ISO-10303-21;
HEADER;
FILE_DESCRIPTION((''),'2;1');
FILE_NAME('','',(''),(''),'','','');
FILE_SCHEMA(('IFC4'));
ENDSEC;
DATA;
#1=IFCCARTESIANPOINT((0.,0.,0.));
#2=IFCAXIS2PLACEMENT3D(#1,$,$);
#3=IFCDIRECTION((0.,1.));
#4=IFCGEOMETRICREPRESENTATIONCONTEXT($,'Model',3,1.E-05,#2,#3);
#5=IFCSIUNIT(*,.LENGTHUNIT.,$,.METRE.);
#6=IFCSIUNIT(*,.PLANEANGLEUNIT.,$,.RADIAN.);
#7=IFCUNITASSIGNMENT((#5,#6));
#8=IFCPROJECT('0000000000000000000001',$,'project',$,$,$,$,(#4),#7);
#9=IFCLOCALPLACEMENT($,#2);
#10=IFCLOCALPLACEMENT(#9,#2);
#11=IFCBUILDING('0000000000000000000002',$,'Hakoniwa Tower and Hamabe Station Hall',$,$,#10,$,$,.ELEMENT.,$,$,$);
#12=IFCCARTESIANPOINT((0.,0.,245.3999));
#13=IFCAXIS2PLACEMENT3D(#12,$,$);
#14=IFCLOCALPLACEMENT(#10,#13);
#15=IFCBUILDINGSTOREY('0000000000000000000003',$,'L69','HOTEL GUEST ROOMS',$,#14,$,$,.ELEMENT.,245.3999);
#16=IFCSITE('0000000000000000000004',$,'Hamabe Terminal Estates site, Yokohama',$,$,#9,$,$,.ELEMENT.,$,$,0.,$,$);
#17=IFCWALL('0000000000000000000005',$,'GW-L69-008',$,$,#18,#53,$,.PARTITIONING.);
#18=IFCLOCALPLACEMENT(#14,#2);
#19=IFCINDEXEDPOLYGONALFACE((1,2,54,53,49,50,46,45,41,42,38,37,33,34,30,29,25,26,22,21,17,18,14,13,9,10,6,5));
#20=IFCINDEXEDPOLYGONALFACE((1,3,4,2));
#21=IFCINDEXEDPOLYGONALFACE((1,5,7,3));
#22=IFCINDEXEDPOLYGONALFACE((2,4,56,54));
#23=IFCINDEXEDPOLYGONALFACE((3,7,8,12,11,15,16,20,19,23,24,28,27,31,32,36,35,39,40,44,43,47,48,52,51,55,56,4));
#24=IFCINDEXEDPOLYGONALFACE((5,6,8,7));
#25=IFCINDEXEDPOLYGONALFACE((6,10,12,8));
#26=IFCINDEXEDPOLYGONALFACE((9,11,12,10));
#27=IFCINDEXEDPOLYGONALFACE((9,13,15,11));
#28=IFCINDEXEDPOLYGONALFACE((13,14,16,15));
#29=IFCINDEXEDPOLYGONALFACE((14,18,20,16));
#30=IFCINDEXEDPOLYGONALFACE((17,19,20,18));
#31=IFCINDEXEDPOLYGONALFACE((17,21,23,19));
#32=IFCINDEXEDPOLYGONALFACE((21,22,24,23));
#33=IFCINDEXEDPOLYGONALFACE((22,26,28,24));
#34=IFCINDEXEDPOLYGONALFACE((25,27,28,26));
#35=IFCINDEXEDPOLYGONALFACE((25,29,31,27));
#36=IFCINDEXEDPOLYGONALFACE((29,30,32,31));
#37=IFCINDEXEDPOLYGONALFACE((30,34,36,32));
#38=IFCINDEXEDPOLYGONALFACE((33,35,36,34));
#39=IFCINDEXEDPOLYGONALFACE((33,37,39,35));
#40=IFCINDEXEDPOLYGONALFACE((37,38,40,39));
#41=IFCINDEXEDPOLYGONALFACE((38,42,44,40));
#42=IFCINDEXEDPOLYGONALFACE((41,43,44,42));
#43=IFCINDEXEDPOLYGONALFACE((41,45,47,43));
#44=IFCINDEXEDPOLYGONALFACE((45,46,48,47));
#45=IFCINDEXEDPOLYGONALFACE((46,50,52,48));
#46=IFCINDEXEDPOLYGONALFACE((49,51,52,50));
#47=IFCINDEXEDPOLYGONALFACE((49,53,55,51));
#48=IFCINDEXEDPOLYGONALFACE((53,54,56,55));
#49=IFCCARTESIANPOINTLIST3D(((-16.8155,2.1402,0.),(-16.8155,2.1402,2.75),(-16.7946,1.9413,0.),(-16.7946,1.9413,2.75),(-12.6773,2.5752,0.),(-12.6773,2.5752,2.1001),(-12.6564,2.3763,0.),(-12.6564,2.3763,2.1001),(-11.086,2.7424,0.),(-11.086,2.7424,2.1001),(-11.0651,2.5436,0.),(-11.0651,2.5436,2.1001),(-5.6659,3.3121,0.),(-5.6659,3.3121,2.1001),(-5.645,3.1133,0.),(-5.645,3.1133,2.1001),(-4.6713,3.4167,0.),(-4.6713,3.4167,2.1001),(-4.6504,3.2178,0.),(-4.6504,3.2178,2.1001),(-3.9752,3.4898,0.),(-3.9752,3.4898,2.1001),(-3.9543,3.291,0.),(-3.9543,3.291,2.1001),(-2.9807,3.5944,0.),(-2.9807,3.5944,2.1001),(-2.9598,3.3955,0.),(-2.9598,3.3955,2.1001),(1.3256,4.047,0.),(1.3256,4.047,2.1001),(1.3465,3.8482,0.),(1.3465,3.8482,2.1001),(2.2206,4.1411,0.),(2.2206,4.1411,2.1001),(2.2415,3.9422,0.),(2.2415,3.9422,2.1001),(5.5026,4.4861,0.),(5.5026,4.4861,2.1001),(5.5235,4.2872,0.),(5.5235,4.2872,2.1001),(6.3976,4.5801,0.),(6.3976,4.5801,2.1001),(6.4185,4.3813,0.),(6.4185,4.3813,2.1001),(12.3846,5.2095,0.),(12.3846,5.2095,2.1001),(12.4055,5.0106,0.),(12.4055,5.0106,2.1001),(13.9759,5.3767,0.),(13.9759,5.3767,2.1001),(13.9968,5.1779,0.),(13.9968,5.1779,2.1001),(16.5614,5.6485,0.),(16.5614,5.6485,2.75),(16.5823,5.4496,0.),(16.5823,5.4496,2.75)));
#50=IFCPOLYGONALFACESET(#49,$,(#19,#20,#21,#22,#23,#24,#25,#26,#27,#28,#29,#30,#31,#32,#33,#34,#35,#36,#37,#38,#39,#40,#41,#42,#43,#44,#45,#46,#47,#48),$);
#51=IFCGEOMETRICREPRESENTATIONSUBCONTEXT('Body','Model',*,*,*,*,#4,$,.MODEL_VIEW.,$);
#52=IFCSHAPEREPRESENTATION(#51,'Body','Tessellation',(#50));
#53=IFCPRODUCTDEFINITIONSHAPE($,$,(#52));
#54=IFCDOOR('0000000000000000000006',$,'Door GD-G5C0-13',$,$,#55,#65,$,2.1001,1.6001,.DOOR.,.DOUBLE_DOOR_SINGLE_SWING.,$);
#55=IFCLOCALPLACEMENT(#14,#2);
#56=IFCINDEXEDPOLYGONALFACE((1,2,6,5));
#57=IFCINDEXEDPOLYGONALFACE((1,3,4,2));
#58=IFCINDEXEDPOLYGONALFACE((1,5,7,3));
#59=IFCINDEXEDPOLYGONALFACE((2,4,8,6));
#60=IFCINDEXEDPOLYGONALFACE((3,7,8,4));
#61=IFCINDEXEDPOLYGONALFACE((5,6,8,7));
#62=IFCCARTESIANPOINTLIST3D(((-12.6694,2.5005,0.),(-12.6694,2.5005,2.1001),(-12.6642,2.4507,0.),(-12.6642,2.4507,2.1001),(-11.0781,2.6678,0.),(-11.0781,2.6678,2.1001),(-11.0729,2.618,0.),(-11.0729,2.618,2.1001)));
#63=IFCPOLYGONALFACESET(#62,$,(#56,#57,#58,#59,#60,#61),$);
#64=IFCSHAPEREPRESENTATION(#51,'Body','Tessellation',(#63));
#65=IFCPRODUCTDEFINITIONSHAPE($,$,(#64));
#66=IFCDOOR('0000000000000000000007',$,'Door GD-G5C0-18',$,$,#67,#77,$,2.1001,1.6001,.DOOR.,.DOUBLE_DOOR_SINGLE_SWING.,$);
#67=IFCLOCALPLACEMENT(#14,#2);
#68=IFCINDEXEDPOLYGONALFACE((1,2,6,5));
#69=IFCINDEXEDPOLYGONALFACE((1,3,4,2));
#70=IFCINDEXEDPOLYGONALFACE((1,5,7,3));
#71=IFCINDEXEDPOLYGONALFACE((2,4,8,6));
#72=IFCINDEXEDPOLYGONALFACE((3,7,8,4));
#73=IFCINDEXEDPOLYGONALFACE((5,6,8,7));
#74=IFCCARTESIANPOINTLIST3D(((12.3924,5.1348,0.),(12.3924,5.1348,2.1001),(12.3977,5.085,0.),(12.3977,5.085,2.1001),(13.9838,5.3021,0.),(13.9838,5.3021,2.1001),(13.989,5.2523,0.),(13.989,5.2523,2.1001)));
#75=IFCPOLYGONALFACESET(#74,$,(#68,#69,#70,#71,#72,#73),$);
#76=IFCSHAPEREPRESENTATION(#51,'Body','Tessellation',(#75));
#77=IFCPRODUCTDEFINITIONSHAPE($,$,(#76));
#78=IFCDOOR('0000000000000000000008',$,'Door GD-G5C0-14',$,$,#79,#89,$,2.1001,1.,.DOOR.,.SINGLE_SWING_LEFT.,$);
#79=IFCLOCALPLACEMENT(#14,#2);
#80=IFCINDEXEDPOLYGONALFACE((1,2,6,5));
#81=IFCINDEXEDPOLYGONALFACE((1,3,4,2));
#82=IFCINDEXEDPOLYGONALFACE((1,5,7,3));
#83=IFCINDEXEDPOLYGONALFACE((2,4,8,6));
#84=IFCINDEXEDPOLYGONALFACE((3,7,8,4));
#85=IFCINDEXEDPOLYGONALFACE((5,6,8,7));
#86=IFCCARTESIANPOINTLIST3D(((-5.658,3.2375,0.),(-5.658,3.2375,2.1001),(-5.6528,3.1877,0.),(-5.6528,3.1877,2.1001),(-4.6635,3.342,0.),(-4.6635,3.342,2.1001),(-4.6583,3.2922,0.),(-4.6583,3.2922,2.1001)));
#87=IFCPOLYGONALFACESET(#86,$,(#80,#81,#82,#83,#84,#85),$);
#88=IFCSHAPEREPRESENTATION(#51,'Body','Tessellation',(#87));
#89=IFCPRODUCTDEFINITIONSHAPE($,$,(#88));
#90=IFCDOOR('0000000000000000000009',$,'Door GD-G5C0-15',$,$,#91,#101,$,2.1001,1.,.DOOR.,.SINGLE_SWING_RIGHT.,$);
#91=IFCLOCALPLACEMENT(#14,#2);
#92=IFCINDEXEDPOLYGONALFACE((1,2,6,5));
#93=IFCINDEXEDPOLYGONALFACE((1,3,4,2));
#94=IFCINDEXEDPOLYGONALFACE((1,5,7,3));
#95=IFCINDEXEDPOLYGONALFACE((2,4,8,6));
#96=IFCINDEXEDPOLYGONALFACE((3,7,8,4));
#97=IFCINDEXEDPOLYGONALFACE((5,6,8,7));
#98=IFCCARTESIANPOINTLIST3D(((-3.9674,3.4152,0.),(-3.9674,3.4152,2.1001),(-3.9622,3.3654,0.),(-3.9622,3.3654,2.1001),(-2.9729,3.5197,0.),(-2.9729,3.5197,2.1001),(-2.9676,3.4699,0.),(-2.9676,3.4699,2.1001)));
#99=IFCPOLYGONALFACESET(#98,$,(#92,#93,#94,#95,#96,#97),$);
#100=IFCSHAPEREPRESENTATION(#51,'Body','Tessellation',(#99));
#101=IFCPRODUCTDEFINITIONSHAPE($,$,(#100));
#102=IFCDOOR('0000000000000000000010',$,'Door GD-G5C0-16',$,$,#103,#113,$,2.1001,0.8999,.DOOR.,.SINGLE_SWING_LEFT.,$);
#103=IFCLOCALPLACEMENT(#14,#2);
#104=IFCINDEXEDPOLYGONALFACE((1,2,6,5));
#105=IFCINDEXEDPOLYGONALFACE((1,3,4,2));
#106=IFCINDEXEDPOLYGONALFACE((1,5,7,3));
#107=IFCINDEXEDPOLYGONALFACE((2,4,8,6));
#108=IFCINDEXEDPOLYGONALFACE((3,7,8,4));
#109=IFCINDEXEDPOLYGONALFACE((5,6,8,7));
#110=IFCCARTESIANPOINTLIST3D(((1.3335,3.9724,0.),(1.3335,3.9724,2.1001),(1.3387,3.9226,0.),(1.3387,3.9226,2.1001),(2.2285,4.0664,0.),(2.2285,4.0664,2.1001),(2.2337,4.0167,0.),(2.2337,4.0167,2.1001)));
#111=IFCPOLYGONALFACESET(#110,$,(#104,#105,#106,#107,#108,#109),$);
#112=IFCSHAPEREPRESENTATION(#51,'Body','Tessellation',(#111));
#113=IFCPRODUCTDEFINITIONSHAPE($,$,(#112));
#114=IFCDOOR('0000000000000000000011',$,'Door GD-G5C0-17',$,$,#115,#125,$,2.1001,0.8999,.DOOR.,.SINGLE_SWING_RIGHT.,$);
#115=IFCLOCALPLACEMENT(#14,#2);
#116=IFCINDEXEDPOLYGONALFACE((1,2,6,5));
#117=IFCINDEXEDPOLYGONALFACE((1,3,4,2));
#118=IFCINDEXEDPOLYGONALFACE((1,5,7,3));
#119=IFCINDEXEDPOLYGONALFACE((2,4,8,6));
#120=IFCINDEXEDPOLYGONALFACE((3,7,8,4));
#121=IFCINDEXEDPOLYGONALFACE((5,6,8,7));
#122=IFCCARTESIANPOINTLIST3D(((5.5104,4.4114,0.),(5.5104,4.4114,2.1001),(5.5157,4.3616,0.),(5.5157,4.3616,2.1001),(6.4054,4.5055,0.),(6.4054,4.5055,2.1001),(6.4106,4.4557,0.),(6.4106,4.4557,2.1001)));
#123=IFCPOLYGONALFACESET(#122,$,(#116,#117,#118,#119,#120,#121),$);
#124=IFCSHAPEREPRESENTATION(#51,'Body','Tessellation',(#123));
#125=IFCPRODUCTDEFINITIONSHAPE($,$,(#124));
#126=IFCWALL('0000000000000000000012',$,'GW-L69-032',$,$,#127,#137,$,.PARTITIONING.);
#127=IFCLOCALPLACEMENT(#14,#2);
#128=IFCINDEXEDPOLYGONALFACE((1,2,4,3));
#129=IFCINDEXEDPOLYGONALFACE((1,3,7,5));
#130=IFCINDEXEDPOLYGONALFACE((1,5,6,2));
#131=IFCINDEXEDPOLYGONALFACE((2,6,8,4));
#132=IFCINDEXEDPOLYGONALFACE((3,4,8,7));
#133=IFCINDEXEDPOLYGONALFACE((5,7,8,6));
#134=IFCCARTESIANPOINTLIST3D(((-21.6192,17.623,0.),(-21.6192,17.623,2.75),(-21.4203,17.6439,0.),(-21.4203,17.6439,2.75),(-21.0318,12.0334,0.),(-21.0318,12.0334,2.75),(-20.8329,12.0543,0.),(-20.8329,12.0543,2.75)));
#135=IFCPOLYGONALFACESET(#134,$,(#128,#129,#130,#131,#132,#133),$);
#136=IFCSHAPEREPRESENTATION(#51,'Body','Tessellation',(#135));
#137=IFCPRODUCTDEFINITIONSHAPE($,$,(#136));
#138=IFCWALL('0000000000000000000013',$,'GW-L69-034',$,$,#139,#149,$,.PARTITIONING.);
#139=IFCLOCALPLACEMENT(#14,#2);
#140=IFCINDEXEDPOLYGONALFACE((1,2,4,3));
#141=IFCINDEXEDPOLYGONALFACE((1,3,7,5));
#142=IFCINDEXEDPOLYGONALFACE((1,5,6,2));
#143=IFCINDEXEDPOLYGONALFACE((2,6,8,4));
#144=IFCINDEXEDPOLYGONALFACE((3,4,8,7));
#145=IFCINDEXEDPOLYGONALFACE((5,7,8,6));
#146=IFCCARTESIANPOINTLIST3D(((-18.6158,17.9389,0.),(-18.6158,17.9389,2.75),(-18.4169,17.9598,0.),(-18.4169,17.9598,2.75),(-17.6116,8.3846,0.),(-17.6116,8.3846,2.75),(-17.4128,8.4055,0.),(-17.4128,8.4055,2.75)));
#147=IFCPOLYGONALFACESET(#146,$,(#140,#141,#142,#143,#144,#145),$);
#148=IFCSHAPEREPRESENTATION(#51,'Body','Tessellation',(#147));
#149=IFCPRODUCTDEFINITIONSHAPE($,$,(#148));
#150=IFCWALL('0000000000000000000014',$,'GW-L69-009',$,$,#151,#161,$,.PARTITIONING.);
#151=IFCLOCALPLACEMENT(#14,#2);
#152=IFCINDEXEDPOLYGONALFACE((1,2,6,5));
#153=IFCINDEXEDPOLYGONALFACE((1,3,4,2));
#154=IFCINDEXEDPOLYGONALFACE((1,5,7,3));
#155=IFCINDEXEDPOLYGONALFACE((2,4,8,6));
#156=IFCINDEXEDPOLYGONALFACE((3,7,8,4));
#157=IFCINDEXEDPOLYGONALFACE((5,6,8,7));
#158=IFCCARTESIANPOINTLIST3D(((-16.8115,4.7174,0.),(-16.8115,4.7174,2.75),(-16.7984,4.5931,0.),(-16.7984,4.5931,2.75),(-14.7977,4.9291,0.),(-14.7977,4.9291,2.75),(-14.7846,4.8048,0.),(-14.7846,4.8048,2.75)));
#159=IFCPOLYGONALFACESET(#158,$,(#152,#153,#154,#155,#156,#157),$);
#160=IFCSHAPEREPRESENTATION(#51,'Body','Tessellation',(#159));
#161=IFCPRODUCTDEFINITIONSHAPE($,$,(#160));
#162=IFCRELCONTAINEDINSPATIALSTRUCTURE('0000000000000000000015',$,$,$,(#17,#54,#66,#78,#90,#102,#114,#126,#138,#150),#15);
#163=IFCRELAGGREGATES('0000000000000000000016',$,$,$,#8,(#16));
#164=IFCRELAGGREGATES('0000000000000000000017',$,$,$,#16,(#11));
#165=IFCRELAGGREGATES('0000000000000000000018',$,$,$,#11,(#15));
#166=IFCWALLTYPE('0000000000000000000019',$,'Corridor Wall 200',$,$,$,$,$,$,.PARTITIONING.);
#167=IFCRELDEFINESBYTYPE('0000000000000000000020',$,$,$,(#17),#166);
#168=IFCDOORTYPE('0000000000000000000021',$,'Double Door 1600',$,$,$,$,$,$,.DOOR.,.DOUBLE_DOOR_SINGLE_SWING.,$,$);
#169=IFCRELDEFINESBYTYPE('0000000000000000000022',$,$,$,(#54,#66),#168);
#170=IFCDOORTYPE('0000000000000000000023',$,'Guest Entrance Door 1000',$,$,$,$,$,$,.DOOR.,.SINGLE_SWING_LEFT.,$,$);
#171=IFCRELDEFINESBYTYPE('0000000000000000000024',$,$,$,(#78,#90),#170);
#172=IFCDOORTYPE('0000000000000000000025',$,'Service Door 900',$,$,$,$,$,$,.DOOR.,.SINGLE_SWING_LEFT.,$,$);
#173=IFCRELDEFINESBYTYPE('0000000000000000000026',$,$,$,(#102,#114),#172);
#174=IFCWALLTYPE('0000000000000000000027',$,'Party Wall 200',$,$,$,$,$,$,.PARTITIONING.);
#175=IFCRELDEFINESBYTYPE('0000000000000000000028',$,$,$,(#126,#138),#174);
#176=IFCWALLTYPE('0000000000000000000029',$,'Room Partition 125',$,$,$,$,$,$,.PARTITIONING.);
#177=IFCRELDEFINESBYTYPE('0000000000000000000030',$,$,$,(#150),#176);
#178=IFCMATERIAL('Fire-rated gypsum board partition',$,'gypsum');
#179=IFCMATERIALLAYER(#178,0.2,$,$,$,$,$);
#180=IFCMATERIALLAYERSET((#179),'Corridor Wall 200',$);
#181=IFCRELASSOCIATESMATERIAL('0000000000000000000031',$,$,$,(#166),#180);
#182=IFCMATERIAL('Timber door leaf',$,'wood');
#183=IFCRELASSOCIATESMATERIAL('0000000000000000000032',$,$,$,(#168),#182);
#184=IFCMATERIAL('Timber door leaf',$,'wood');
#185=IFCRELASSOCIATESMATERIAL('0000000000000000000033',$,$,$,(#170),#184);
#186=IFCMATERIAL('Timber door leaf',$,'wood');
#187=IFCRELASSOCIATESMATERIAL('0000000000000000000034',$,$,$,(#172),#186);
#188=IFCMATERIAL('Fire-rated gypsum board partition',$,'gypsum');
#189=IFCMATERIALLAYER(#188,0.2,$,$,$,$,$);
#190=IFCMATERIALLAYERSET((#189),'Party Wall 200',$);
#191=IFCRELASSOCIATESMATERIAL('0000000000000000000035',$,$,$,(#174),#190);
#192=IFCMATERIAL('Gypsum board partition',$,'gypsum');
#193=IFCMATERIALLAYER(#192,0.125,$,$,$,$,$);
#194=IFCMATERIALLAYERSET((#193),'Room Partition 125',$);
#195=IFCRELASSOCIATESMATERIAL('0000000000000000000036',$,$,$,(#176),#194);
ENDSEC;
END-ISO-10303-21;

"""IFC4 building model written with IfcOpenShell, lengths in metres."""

from ifc_helpers import new_model, si_unit, direction, frame, frame_2d, origin, place, context, subcontext, project, spatial, rectangle, extrude, material, layer, layer_set, type_object, element, fill, save


model = new_model("IFC4")

# Units and contexts
model_context = context("Model", 3, precision=1e-05, world=origin(), true_north=direction((0.0, 1.0)))
body_context = subcontext(model_context, "Body", "Model", "MODEL_VIEW")
ifc_project = project(units=[si_unit("LENGTHUNIT", "METRE"), si_unit("PLANEANGLEUNIT", "RADIAN")], contexts=[model_context])

# Site, building, storey
site_placement = place(None, origin())
site = spatial("IfcSite", under=ifc_project, at=site_placement, Name="Hamabe Terminal Estates site, Yokohama", CompositionType="ELEMENT", RefElevation=0.0)
building_placement = place(site_placement, origin())
building = spatial("IfcBuilding", under=site, at=building_placement, Name="Hakoniwa Tower and Hamabe Station Hall", CompositionType="ELEMENT")
storey_placement = place(building_placement, frame((0.0, 0.0, 245.3999)))
storey = spatial("IfcBuildingStorey", under=building, at=storey_placement, Name="L69", Description="HOTEL GUEST ROOMS", CompositionType="ELEMENT", Elevation=245.3999)

# Wall, openings, doors
ifc_material_1 = material(Name="Fire-rated gypsum board partition", Category="gypsum")
ifc_layer_1 = layer(ifc_material_1, 0.2)
ifc_layer_set_1 = layer_set([ifc_layer_1], Name="Corridor Wall 200")
wall_type_1 = type_object("IfcWallType", Name="Corridor Wall 200", PredefinedType="PARTITIONING", material=ifc_layer_set_1)
wall_1_placement = place(storey_placement, frame((-16.8049, 2.0408, 0.0), z_axis=(0.0, 0.0, 1.0), x_axis=(0.994521, 0.104536, 0.0)))
wall_1 = element("IfcWall", 1, at=wall_1_placement, inside=storey, type_object=wall_type_1, Name="GW-L69-008", PredefinedType="PARTITIONING", context=body_context, shape_type="SweptSolid", body=[
    extrude(rectangle(XDim=33.5608, YDim=0.2, at=frame_2d((16.7803, 0.0))), origin(), (0.0, 0.0, 1.0), 2.75),
])
opening_1_placement = place(wall_1_placement, frame((4.1609, 0.0, 0.0)))
opening_1 = element("IfcOpeningElement", 2, at=opening_1_placement, cuts=wall_1, PredefinedType="OPENING", context=body_context, shape_type="SweptSolid", body=[
    extrude(rectangle(XDim=1.6001, YDim=2.1001, at=frame_2d((0.8, 1.05))), frame((0.0, 0.1099, 0.0), z_axis=(0.0, -1.0, 0.0), x_axis=(1.0, 0.0, 0.0)), (0.0, 0.0, 1.0), 0.22),
])
opening_2_placement = place(wall_1_placement, frame((11.2109, 0.0, 0.0)))
opening_2 = element("IfcOpeningElement", 3, at=opening_2_placement, cuts=wall_1, PredefinedType="OPENING", context=body_context, shape_type="SweptSolid", body=[
    extrude(rectangle(XDim=1.0, YDim=2.1001, at=frame_2d((0.5, 1.05))), frame((0.0, 0.1099, 0.0), z_axis=(0.0, -1.0, 0.0), x_axis=(1.0, 0.0, 0.0)), (0.0, 0.0, 1.0), 0.22),
])
opening_3_placement = place(wall_1_placement, frame((12.9109, 0.0, 0.0)))
opening_3 = element("IfcOpeningElement", 4, at=opening_3_placement, cuts=wall_1, PredefinedType="OPENING", context=body_context, shape_type="SweptSolid", body=[
    extrude(rectangle(XDim=1.0, YDim=2.1001, at=frame_2d((0.5, 1.05))), frame((0.0, 0.1099, 0.0), z_axis=(0.0, -1.0, 0.0), x_axis=(1.0, 0.0, 0.0)), (0.0, 0.0, 1.0), 0.22),
])
opening_4_placement = place(wall_1_placement, frame((18.241, 0.0, 0.0)))
opening_4 = element("IfcOpeningElement", 5, at=opening_4_placement, cuts=wall_1, PredefinedType="OPENING", context=body_context, shape_type="SweptSolid", body=[
    extrude(rectangle(XDim=0.8999, YDim=2.1001, at=frame_2d((0.45, 1.05))), frame((0.0, 0.1099, 0.0), z_axis=(0.0, -1.0, 0.0), x_axis=(1.0, 0.0, 0.0)), (0.0, 0.0, 1.0), 0.22),
])
opening_5_placement = place(wall_1_placement, frame((22.4409, 0.0, 0.0)))
opening_5 = element("IfcOpeningElement", 6, at=opening_5_placement, cuts=wall_1, PredefinedType="OPENING", context=body_context, shape_type="SweptSolid", body=[
    extrude(rectangle(XDim=0.8999, YDim=2.1001, at=frame_2d((0.45, 1.05))), frame((0.0, 0.1099, 0.0), z_axis=(0.0, -1.0, 0.0), x_axis=(1.0, 0.0, 0.0)), (0.0, 0.0, 1.0), 0.22),
])
opening_6_placement = place(wall_1_placement, frame((29.3608, 0.0, 0.0)))
opening_6 = element("IfcOpeningElement", 7, at=opening_6_placement, cuts=wall_1, PredefinedType="OPENING", context=body_context, shape_type="SweptSolid", body=[
    extrude(rectangle(XDim=1.6001, YDim=2.1001, at=frame_2d((0.8, 1.05))), frame((0.0, 0.1099, 0.0), z_axis=(0.0, -1.0, 0.0), x_axis=(1.0, 0.0, 0.0)), (0.0, 0.0, 1.0), 0.22),
])
ifc_material_2 = material(Name="Timber door leaf", Category="wood")
door_type_1 = type_object("IfcDoorType", Name="Double Door 1600", OperationType="DOUBLE_DOOR_SINGLE_SWING", PredefinedType="DOOR", material=ifc_material_2)
door_1_placement = place(opening_1_placement, origin())
door_1 = element("IfcDoor", 8, at=door_1_placement, inside=storey, type_object=door_type_1, Name="Door GD-G5C0-13", OperationType="DOUBLE_DOOR_SINGLE_SWING", OverallHeight=2.1001, OverallWidth=1.6001, PredefinedType="DOOR", context=body_context, shape_type="SweptSolid", body=[
    extrude(rectangle(XDim=1.6001, YDim=2.1001, at=frame_2d((0.8, 1.05))), frame((0.0, 0.0249, 0.0), z_axis=(0.0, -1.0, 0.0), x_axis=(1.0, 0.0, 0.0)), (0.0, 0.0, 1.0), 0.05),
])
fill(opening_1, door_1)
door_2_placement = place(opening_6_placement, origin())
door_2 = element("IfcDoor", 9, at=door_2_placement, inside=storey, type_object=door_type_1, Name="Door GD-G5C0-18", OperationType="DOUBLE_DOOR_SINGLE_SWING", OverallHeight=2.1001, OverallWidth=1.6001, PredefinedType="DOOR", context=body_context, shape_type="SweptSolid", body=[
    extrude(rectangle(XDim=1.6001, YDim=2.1001, at=frame_2d((0.8, 1.05))), frame((0.0, 0.0249, 0.0), z_axis=(0.0, -1.0, 0.0), x_axis=(1.0, 0.0, 0.0)), (0.0, 0.0, 1.0), 0.05),
])
fill(opening_6, door_2)
ifc_material_3 = material(Name="Timber door leaf", Category="wood")
door_type_2 = type_object("IfcDoorType", Name="Guest Entrance Door 1000", OperationType="SINGLE_SWING_LEFT", PredefinedType="DOOR", material=ifc_material_3)
door_3_placement = place(opening_2_placement, origin())
door_3 = element("IfcDoor", 10, at=door_3_placement, inside=storey, type_object=door_type_2, Name="Door GD-G5C0-14", OperationType="SINGLE_SWING_LEFT", OverallHeight=2.1001, OverallWidth=1.0, PredefinedType="DOOR", context=body_context, shape_type="SweptSolid", body=[
    extrude(rectangle(XDim=1.0, YDim=2.1001, at=frame_2d((0.5, 1.05))), frame((0.0, 0.0249, 0.0), z_axis=(0.0, -1.0, 0.0), x_axis=(1.0, 0.0, 0.0)), (0.0, 0.0, 1.0), 0.05),
])
fill(opening_2, door_3)
door_4_placement = place(opening_3_placement, origin())
door_4 = element("IfcDoor", 11, at=door_4_placement, inside=storey, type_object=door_type_2, Name="Door GD-G5C0-15", OperationType="SINGLE_SWING_RIGHT", OverallHeight=2.1001, OverallWidth=1.0, PredefinedType="DOOR", context=body_context, shape_type="SweptSolid", body=[
    extrude(rectangle(XDim=1.0, YDim=2.1001, at=frame_2d((0.5, 1.05))), frame((0.0, 0.0249, 0.0), z_axis=(0.0, -1.0, 0.0), x_axis=(1.0, 0.0, 0.0)), (0.0, 0.0, 1.0), 0.05),
])
fill(opening_3, door_4)
ifc_material_4 = material(Name="Timber door leaf", Category="wood")
door_type_3 = type_object("IfcDoorType", Name="Service Door 900", OperationType="SINGLE_SWING_LEFT", PredefinedType="DOOR", material=ifc_material_4)
door_5_placement = place(opening_4_placement, origin())
door_5 = element("IfcDoor", 12, at=door_5_placement, inside=storey, type_object=door_type_3, Name="Door GD-G5C0-16", OperationType="SINGLE_SWING_LEFT", OverallHeight=2.1001, OverallWidth=0.8999, PredefinedType="DOOR", context=body_context, shape_type="SweptSolid", body=[
    extrude(rectangle(XDim=0.8999, YDim=2.1001, at=frame_2d((0.45, 1.05))), frame((0.0, 0.0249, 0.0), z_axis=(0.0, -1.0, 0.0), x_axis=(1.0, 0.0, 0.0)), (0.0, 0.0, 1.0), 0.05),
])
fill(opening_4, door_5)
door_6_placement = place(opening_5_placement, origin())
door_6 = element("IfcDoor", 13, at=door_6_placement, inside=storey, type_object=door_type_3, Name="Door GD-G5C0-17", OperationType="SINGLE_SWING_RIGHT", OverallHeight=2.1001, OverallWidth=0.8999, PredefinedType="DOOR", context=body_context, shape_type="SweptSolid", body=[
    extrude(rectangle(XDim=0.8999, YDim=2.1001, at=frame_2d((0.45, 1.05))), frame((0.0, 0.0249, 0.0), z_axis=(0.0, -1.0, 0.0), x_axis=(1.0, 0.0, 0.0)), (0.0, 0.0, 1.0), 0.05),
])
fill(opening_5, door_6)

# Walls
ifc_material_5 = material(Name="Fire-rated gypsum board partition", Category="gypsum")
ifc_layer_2 = layer(ifc_material_5, 0.2)
ifc_layer_set_2 = layer_set([ifc_layer_2], Name="Party Wall 200")
wall_type_2 = type_object("IfcWallType", Name="Party Wall 200", PredefinedType="PARTITIONING", material=ifc_layer_set_2)
wall_2_placement = place(storey_placement, frame((-20.9324, 12.0439, 0.0), z_axis=(0.0, 0.0, 1.0), x_axis=(-0.104513, 0.994524, 0.0)))
element("IfcWall", 14, at=wall_2_placement, inside=storey, type_object=wall_type_2, Name="GW-L69-032", PredefinedType="PARTITIONING", context=body_context, shape_type="SweptSolid", body=[
    extrude(rectangle(XDim=5.6204, YDim=0.2, at=frame_2d((2.8101, 0.0))), origin(), (0.0, 0.0, 1.0), 2.75),
])
wall_3_placement = place(storey_placement, frame((-17.5122, 8.395, 0.0), z_axis=(0.0, 0.0, 1.0), x_axis=(-0.104525, 0.994522, 0.0)))
element("IfcWall", 15, at=wall_3_placement, inside=storey, type_object=wall_type_2, Name="GW-L69-034", PredefinedType="PARTITIONING", context=body_context, shape_type="SweptSolid", body=[
    extrude(rectangle(XDim=9.6069, YDim=0.2, at=frame_2d((4.8035, 0.0))), origin(), (0.0, 0.0, 1.0), 2.75),
])
ifc_material_6 = material(Name="Gypsum board partition", Category="gypsum")
ifc_layer_3 = layer(ifc_material_6, 0.125)
ifc_layer_set_3 = layer_set([ifc_layer_3], Name="Room Partition 125")
wall_type_3 = type_object("IfcWallType", Name="Room Partition 125", PredefinedType="PARTITIONING", material=ifc_layer_set_3)
wall_4_placement = place(storey_placement, frame((-16.8049, 4.6553, 0.0), z_axis=(0.0, 0.0, 1.0), x_axis=(0.994522, 0.104528, 0.0)))
element("IfcWall", 16, at=wall_4_placement, inside=storey, type_object=wall_type_3, Name="GW-L69-009", PredefinedType="PARTITIONING", context=body_context, shape_type="SweptSolid", body=[
    extrude(rectangle(XDim=2.0249, YDim=0.125, at=frame_2d((1.0125, 0.0))), origin(), (0.0, 0.0, 1.0), 2.75),
])

save(model, "model.ifc")
